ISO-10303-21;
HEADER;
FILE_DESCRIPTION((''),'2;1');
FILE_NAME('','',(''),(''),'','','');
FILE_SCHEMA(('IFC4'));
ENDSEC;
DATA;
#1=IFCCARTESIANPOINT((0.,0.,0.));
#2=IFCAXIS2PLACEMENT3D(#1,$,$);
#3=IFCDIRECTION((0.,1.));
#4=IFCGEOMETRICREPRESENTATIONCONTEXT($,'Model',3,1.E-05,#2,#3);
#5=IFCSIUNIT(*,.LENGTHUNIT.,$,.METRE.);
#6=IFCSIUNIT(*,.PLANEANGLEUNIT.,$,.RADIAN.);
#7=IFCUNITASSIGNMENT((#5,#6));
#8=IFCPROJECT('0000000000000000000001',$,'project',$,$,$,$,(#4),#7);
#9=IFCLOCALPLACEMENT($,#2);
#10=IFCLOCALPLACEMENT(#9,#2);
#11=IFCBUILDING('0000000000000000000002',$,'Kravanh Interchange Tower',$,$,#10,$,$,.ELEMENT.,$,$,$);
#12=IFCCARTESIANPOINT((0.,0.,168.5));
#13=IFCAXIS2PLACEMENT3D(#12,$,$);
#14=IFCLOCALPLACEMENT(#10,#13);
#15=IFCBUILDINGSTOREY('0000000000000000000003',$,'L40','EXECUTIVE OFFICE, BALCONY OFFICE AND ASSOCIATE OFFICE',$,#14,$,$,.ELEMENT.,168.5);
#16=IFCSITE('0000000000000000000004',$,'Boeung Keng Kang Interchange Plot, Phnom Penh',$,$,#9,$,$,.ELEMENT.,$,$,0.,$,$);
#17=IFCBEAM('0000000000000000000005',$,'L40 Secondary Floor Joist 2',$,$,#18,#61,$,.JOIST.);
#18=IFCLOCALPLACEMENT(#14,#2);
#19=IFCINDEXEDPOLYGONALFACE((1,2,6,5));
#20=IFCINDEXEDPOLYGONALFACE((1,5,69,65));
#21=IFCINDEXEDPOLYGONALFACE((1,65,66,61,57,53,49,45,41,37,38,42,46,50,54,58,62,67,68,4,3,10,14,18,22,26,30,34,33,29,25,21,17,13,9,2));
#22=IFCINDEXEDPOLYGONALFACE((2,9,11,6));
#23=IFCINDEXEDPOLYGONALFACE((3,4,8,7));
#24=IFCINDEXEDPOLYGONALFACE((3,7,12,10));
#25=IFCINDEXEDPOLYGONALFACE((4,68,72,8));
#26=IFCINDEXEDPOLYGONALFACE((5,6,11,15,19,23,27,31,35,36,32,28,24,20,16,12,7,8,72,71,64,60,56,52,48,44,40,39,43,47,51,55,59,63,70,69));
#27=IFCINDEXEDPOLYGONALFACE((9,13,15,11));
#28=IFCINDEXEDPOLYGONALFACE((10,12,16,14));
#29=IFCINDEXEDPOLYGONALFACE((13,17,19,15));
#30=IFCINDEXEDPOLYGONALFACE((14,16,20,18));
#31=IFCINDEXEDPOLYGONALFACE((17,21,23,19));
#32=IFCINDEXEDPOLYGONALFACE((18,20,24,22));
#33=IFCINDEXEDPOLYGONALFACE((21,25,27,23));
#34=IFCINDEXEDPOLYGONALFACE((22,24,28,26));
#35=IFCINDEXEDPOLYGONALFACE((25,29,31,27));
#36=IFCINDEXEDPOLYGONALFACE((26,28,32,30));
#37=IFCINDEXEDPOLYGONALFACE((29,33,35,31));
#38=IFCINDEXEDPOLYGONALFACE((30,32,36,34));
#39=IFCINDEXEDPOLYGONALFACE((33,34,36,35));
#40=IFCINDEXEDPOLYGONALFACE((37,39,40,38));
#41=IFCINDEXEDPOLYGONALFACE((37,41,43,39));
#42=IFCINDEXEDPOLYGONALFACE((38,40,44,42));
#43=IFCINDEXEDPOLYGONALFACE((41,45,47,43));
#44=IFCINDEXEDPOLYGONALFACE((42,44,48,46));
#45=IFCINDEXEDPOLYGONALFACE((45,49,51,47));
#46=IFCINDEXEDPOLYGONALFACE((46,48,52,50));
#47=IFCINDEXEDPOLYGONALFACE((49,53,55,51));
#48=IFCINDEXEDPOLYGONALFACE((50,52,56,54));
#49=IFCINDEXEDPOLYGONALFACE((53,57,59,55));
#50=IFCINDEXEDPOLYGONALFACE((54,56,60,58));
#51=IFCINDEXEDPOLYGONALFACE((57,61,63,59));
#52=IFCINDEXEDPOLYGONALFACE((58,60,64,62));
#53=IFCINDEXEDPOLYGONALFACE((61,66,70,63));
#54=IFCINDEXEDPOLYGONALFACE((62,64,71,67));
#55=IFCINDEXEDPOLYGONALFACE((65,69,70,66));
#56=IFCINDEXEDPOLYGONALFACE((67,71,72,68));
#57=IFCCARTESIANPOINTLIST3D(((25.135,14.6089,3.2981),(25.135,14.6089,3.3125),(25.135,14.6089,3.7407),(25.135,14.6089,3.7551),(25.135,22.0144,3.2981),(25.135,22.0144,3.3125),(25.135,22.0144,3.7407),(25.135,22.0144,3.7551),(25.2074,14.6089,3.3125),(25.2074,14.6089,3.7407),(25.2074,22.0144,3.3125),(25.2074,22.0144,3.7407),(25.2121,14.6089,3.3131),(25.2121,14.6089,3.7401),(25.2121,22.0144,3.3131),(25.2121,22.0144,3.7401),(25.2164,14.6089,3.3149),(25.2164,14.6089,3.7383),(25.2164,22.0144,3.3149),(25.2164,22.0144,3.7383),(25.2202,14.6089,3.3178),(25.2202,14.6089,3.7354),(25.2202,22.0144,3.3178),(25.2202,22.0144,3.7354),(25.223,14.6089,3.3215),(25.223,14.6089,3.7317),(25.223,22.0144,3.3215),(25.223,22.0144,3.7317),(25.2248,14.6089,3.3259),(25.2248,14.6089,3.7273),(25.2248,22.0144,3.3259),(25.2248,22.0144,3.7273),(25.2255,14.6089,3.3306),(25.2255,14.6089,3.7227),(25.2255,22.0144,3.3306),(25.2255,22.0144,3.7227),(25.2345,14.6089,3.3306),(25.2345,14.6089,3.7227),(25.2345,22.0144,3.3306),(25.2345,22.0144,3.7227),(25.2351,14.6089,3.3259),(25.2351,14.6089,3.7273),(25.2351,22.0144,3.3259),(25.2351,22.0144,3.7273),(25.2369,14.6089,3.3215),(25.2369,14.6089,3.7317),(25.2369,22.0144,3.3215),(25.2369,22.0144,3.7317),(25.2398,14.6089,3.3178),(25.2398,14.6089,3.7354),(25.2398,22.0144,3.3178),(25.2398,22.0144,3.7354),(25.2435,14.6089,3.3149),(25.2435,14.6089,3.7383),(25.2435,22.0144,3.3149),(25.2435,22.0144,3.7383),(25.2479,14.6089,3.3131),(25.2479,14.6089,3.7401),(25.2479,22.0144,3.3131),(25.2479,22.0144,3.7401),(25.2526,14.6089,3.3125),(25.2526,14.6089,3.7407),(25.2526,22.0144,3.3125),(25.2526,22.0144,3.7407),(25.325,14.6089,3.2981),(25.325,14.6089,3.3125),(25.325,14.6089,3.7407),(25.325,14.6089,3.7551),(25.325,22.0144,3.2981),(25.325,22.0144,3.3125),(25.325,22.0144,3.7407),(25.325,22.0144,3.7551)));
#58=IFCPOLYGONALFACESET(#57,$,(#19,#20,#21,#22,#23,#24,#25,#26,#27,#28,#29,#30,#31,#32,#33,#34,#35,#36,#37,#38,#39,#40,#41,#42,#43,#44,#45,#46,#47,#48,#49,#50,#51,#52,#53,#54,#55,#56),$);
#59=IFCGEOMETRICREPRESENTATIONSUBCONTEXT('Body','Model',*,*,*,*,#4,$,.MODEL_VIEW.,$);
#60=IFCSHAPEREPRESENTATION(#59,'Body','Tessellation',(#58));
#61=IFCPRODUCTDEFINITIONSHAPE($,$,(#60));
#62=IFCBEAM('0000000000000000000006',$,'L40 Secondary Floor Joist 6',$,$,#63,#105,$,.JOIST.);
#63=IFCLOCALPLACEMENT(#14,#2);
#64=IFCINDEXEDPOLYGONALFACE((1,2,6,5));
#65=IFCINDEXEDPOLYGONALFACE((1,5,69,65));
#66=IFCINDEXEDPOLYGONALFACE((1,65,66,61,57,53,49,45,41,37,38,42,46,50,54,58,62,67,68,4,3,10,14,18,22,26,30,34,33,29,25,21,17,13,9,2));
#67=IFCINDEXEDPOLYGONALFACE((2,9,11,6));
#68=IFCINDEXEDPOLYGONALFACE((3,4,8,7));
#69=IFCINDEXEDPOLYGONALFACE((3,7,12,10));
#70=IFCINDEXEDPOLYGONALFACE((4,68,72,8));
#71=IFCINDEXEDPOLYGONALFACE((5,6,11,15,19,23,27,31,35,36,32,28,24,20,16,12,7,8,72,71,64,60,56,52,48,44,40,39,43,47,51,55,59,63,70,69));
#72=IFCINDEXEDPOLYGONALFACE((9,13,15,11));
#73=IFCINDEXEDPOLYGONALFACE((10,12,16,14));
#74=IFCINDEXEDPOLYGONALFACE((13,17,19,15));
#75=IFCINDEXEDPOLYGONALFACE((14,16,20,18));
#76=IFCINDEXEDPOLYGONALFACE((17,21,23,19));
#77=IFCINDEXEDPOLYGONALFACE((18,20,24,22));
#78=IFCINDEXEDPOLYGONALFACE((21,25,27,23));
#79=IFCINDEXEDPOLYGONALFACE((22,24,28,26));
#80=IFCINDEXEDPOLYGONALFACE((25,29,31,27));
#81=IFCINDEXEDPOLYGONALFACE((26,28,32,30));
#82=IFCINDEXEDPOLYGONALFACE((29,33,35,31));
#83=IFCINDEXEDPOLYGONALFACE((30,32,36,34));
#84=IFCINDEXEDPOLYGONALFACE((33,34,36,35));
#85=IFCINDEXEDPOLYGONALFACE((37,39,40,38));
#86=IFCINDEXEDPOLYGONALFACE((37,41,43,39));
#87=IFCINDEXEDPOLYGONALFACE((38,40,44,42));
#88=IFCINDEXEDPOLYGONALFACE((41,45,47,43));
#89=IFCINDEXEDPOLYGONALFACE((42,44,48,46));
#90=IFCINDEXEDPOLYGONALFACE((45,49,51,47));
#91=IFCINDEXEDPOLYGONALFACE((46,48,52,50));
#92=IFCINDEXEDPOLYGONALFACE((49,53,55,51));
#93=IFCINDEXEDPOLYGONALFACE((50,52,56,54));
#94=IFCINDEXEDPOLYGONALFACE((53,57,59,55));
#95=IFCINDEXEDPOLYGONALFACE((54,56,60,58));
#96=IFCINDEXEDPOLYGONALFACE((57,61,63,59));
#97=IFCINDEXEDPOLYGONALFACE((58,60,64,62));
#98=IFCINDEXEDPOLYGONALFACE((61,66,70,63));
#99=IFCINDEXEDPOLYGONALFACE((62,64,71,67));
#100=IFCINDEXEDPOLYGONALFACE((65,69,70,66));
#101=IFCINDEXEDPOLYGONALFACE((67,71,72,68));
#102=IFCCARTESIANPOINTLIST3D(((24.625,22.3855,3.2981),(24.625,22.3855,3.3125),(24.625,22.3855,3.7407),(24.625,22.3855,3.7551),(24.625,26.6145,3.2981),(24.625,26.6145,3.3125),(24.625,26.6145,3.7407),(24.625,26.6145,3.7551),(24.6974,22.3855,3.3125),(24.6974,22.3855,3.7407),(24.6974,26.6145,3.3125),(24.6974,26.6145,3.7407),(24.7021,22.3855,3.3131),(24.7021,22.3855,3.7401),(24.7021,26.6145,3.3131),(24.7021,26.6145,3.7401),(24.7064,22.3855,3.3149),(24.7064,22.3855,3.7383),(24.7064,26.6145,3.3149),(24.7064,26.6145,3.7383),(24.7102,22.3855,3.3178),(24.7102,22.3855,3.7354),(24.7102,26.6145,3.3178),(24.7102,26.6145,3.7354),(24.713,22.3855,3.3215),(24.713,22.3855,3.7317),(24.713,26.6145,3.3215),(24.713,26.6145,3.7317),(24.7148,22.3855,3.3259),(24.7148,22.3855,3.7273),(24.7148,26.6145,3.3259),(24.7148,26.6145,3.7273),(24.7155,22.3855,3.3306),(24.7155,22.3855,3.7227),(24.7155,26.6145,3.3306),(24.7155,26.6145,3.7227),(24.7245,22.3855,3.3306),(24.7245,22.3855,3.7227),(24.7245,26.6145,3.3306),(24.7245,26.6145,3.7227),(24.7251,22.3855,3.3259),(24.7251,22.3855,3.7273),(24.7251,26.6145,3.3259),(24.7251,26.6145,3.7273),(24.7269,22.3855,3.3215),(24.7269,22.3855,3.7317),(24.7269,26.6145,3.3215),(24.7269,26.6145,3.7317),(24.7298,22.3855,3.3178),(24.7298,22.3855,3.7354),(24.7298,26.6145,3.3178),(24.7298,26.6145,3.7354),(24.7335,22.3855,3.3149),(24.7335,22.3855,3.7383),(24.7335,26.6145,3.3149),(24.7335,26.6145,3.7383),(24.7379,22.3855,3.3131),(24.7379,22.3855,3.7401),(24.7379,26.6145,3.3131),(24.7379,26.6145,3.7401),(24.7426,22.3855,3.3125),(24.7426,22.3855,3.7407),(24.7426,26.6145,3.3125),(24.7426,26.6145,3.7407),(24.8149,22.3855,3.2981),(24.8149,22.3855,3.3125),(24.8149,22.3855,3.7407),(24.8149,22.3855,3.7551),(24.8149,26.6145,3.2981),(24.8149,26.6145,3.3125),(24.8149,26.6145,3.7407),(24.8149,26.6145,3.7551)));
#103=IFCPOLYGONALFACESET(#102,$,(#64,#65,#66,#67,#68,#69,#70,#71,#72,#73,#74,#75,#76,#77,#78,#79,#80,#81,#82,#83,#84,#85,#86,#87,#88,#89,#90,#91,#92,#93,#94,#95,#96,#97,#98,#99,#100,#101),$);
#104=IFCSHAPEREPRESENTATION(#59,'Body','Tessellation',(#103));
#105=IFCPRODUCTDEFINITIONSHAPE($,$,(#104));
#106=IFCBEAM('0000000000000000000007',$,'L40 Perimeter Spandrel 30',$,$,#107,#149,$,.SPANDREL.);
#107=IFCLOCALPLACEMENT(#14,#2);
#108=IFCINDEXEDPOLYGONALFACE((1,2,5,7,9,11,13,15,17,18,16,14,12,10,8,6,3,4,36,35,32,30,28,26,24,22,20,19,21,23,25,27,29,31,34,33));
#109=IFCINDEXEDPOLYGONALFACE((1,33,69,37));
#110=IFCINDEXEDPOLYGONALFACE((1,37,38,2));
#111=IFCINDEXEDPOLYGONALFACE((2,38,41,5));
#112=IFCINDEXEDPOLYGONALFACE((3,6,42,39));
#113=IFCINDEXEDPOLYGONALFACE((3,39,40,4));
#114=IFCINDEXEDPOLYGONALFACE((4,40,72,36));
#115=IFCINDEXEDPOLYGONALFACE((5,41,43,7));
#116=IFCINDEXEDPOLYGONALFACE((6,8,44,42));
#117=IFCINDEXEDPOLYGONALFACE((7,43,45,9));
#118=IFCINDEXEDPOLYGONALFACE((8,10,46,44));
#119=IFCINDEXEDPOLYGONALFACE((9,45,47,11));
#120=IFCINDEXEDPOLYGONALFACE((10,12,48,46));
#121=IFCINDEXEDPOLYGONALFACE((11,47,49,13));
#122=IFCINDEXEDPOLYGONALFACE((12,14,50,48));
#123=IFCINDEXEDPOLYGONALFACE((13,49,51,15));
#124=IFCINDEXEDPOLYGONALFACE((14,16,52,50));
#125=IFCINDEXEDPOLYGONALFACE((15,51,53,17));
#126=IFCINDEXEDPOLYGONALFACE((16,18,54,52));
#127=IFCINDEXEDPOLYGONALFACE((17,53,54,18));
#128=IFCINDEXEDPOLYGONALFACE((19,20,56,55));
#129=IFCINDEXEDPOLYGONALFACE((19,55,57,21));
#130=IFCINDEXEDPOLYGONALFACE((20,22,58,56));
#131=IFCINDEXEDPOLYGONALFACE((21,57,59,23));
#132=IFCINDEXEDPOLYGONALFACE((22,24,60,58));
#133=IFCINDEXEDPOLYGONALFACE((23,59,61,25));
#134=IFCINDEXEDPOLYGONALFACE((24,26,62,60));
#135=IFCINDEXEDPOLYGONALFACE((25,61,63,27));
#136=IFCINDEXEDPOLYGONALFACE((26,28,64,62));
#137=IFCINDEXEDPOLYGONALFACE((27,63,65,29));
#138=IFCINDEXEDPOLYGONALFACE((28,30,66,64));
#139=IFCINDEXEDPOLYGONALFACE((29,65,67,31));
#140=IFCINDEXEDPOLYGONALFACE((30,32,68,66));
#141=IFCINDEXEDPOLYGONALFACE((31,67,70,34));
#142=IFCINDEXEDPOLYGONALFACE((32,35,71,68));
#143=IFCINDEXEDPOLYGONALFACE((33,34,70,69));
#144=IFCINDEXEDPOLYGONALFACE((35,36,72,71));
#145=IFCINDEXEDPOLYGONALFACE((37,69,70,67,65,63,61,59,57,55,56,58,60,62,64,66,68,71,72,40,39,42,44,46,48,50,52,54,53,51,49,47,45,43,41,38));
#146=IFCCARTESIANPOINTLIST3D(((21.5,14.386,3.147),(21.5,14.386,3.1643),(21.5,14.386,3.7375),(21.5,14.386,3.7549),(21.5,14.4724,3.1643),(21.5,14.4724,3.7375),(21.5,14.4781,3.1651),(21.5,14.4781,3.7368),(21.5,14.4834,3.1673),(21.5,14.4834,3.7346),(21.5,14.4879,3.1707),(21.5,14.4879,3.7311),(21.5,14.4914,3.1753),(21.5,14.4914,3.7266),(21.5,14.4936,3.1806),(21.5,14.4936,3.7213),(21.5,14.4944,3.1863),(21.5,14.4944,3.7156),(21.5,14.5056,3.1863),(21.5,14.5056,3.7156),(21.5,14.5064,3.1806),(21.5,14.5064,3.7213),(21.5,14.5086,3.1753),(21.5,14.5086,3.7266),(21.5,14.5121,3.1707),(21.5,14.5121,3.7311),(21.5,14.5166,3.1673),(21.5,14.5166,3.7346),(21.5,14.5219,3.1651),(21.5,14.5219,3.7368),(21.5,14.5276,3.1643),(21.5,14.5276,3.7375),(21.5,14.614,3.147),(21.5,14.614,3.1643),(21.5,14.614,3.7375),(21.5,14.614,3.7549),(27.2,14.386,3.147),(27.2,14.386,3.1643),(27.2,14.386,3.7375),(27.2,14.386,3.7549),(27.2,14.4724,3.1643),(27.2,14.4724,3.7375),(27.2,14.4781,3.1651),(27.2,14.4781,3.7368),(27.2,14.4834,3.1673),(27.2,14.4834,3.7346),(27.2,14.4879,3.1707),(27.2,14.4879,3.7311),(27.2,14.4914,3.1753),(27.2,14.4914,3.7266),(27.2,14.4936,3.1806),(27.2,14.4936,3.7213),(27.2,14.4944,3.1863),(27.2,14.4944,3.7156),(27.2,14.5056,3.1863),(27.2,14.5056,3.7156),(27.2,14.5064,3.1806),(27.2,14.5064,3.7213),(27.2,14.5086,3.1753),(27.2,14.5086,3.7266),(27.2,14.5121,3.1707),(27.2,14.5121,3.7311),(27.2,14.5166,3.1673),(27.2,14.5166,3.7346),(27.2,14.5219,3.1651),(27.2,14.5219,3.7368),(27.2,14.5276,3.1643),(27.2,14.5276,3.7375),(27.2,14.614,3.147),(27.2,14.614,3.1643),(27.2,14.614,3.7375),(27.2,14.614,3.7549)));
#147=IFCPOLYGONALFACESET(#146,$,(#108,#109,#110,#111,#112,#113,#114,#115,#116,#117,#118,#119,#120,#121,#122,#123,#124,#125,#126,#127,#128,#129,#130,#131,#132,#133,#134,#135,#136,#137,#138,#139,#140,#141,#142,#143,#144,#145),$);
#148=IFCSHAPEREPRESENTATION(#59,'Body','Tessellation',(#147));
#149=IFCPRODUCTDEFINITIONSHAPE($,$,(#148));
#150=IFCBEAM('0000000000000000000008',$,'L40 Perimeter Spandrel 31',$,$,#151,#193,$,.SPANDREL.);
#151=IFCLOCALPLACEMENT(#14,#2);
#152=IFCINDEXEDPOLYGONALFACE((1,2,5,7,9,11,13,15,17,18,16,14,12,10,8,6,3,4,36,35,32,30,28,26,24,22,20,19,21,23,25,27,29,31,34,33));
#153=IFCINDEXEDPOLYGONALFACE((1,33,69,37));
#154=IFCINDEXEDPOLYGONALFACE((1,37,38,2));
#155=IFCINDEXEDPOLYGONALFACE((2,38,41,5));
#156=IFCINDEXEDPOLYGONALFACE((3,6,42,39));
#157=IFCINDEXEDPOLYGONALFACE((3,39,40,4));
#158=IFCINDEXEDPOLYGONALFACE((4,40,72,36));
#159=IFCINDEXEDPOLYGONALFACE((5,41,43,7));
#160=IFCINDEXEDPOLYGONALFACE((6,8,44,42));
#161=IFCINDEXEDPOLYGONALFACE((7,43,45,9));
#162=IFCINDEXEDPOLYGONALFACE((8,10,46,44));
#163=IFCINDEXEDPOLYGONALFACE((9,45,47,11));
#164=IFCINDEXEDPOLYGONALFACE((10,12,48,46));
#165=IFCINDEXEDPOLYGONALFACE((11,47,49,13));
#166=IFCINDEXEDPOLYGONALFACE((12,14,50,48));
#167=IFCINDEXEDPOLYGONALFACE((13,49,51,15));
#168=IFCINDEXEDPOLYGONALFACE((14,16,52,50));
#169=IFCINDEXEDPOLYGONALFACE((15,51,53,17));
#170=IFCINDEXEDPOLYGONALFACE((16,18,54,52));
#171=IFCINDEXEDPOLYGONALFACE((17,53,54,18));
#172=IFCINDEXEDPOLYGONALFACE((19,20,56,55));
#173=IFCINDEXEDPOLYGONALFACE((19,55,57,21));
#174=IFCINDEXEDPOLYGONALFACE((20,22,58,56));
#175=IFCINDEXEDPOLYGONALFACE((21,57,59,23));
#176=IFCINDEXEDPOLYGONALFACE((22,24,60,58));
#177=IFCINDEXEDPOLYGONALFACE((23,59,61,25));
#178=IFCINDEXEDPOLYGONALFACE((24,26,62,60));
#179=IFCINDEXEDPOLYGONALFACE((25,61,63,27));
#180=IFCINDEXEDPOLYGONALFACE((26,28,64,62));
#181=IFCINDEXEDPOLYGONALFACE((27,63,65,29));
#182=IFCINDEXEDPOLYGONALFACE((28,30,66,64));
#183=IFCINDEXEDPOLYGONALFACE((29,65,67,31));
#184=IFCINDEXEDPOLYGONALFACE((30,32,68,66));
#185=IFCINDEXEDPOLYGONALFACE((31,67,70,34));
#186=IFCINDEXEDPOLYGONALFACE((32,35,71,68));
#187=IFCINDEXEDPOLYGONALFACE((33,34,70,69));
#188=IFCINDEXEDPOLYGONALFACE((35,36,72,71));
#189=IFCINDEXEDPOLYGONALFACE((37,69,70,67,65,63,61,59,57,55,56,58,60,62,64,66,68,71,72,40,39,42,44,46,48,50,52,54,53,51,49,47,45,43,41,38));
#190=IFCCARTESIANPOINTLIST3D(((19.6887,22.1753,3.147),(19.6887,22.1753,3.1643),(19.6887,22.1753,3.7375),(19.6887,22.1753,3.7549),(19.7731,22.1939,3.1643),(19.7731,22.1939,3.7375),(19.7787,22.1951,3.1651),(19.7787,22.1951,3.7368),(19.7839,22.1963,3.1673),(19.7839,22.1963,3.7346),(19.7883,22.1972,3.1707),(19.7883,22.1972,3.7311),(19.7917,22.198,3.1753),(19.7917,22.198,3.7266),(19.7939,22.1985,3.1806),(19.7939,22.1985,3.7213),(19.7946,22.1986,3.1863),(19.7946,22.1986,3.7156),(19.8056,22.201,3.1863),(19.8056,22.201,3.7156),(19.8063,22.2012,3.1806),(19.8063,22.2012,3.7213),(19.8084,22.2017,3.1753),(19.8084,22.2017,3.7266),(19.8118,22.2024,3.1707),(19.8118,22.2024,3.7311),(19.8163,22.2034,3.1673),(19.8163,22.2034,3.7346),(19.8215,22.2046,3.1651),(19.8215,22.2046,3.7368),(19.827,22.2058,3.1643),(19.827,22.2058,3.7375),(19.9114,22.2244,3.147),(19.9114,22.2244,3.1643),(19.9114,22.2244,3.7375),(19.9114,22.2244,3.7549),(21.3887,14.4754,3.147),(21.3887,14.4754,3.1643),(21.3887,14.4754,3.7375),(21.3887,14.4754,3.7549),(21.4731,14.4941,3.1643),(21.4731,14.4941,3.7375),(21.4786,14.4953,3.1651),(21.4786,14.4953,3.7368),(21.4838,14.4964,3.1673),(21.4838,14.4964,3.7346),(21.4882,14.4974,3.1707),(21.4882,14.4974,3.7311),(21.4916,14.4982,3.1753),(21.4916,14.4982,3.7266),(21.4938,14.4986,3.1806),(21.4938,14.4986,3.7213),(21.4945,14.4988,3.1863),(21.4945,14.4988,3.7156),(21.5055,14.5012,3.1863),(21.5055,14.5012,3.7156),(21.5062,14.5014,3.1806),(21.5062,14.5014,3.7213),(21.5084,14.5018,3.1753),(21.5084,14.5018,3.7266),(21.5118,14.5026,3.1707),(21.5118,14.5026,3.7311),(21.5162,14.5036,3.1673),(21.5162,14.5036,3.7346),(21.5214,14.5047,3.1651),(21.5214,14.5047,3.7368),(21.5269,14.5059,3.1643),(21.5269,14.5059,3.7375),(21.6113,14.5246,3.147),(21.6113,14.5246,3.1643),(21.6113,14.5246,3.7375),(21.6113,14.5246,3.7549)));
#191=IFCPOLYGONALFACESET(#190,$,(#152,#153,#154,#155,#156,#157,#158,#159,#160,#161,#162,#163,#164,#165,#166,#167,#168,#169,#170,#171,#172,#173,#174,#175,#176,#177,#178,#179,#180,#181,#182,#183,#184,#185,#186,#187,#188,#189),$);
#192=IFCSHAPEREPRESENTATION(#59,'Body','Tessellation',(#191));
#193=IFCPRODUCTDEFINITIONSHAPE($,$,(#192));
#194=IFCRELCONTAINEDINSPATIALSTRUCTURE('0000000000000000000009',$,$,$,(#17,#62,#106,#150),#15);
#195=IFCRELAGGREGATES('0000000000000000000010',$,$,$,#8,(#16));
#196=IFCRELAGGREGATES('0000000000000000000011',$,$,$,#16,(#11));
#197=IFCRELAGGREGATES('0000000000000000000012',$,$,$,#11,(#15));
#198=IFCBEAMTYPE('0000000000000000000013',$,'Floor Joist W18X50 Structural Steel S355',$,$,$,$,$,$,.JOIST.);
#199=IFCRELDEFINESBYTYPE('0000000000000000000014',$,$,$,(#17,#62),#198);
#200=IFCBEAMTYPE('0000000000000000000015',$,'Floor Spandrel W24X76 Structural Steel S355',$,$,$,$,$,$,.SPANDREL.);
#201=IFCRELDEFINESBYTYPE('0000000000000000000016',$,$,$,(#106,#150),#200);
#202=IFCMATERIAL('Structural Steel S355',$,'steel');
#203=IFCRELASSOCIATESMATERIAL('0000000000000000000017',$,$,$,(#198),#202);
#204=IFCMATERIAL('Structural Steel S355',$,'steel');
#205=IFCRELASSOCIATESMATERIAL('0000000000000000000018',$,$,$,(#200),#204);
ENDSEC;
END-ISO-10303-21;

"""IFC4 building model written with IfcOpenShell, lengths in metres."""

from ifc_helpers import new_model, si_unit, direction, frame, origin, origin_2d, place, context, subcontext, project, spatial, i_section, extrude, material, material_profile, profile_set, type_object, element, save


model = new_model("IFC4")

# Units and contexts
model_context = context("Model", 3, precision=1e-05, world=origin(), true_north=direction((0.0, 1.0)))
body_context = subcontext(model_context, "Body", "Model", "MODEL_VIEW")
ifc_project = project(units=[si_unit("LENGTHUNIT", "METRE"), si_unit("PLANEANGLEUNIT", "RADIAN")], contexts=[model_context])

# Site, building, storey
site_placement = place(None, origin())
site = spatial("IfcSite", under=ifc_project, at=site_placement, Name="Boeung Keng Kang Interchange Plot, Phnom Penh", CompositionType="ELEMENT", RefElevation=0.0)
building_placement = place(site_placement, origin())
building = spatial("IfcBuilding", under=site, at=building_placement, Name="Kravanh Interchange Tower", CompositionType="ELEMENT")
storey_placement = place(building_placement, frame((0.0, 0.0, 168.5)))
storey = spatial("IfcBuildingStorey", under=building, at=storey_placement, Name="L40", Description="EXECUTIVE OFFICE, BALCONY OFFICE AND ASSOCIATE OFFICE", CompositionType="ELEMENT", Elevation=168.5)

# Beams
ifc_material_1 = material(Name="Structural Steel S355", Category="steel")
ifc_material_profile_1 = material_profile(ifc_material_1, i_section(OverallWidth=0.1899, OverallDepth=0.457, WebThickness=0.009, FlangeThickness=0.0144, FilletRadius=0.0181, at=origin_2d()), Name="W18X50")
ifc_profile_set_1 = profile_set([ifc_material_profile_1], Name="Structural Steel S355")
beam_type_1 = type_object("IfcBeamType", Name="Floor Joist W18X50 Structural Steel S355", PredefinedType="JOIST", material=ifc_profile_set_1)
for number, where, z_axis, x_axis, name in (
    (1, (25.23, 14.6089, 3.5266), (0.0, 1.0, 0.0), (-1.0, 0.0, 0.0), "L40 Secondary Floor Joist 2"),
):
    element("IfcBeam", number, at=place(storey_placement, frame(where, z_axis=z_axis, x_axis=x_axis)), inside=storey, type_object=beam_type_1, Name=name, PredefinedType="JOIST", context=body_context, shape_type="SweptSolid", body=[
        extrude(i_section(OverallWidth=0.1899, OverallDepth=0.457, WebThickness=0.009, FlangeThickness=0.0144, FilletRadius=0.0181, at=origin_2d()), origin(), (0.0, 0.0, 1.0), 7.4055),
    ])
beam_1_placement = place(storey_placement, frame((24.72, 22.3855, 3.5266), z_axis=(0.0, 1.0, 0.0), x_axis=(-1.0, 0.0, 0.0)))
element("IfcBeam", 2, at=beam_1_placement, inside=storey, type_object=beam_type_1, Name="L40 Secondary Floor Joist 6", PredefinedType="JOIST", context=body_context, shape_type="SweptSolid", body=[
    extrude(i_section(OverallWidth=0.1899, OverallDepth=0.457, WebThickness=0.009, FlangeThickness=0.0144, FilletRadius=0.0181, at=origin_2d()), origin(), (0.0, 0.0, 1.0), 4.229),
])
ifc_material_2 = material(Name="Structural Steel S355", Category="steel")
ifc_material_profile_2 = material_profile(ifc_material_2, i_section(OverallWidth=0.228, OverallDepth=0.6079, WebThickness=0.0112, FlangeThickness=0.0173, FilletRadius=0.022, at=origin_2d()), Name="W24X76")
ifc_profile_set_2 = profile_set([ifc_material_profile_2], Name="Structural Steel S355")
beam_type_2 = type_object("IfcBeamType", Name="Floor Spandrel W24X76 Structural Steel S355", PredefinedType="SPANDREL", material=ifc_profile_set_2)
beam_2_placement = place(storey_placement, frame((21.5, 14.5, 3.4509), z_axis=(1.0, 0.0, 0.0), x_axis=(0.0, 1.0, 0.0)))
element("IfcBeam", 3, at=beam_2_placement, inside=storey, type_object=beam_type_2, Name="L40 Perimeter Spandrel 30", PredefinedType="SPANDREL", context=body_context, shape_type="SweptSolid", body=[
    extrude(i_section(OverallWidth=0.228, OverallDepth=0.6079, WebThickness=0.0112, FlangeThickness=0.0173, FilletRadius=0.022, at=origin_2d()), origin(), (0.0, 0.0, 1.0), 5.7),
])
beam_3_placement = place(storey_placement, frame((21.5, 14.5, 3.4509), z_axis=(-0.215583, 0.976486, 0.0), x_axis=(-0.976486, -0.215583, 0.0)))
element("IfcBeam", 4, at=beam_3_placement, inside=storey, type_object=beam_type_2, Name="L40 Perimeter Spandrel 31", PredefinedType="SPANDREL", context=body_context, shape_type="SweptSolid", body=[
    extrude(i_section(OverallWidth=0.228, OverallDepth=0.6079, WebThickness=0.0112, FlangeThickness=0.0173, FilletRadius=0.022, at=origin_2d()), origin(), (0.0, 0.0, 1.0), 7.8853),
])

save(model, "model.ifc")
